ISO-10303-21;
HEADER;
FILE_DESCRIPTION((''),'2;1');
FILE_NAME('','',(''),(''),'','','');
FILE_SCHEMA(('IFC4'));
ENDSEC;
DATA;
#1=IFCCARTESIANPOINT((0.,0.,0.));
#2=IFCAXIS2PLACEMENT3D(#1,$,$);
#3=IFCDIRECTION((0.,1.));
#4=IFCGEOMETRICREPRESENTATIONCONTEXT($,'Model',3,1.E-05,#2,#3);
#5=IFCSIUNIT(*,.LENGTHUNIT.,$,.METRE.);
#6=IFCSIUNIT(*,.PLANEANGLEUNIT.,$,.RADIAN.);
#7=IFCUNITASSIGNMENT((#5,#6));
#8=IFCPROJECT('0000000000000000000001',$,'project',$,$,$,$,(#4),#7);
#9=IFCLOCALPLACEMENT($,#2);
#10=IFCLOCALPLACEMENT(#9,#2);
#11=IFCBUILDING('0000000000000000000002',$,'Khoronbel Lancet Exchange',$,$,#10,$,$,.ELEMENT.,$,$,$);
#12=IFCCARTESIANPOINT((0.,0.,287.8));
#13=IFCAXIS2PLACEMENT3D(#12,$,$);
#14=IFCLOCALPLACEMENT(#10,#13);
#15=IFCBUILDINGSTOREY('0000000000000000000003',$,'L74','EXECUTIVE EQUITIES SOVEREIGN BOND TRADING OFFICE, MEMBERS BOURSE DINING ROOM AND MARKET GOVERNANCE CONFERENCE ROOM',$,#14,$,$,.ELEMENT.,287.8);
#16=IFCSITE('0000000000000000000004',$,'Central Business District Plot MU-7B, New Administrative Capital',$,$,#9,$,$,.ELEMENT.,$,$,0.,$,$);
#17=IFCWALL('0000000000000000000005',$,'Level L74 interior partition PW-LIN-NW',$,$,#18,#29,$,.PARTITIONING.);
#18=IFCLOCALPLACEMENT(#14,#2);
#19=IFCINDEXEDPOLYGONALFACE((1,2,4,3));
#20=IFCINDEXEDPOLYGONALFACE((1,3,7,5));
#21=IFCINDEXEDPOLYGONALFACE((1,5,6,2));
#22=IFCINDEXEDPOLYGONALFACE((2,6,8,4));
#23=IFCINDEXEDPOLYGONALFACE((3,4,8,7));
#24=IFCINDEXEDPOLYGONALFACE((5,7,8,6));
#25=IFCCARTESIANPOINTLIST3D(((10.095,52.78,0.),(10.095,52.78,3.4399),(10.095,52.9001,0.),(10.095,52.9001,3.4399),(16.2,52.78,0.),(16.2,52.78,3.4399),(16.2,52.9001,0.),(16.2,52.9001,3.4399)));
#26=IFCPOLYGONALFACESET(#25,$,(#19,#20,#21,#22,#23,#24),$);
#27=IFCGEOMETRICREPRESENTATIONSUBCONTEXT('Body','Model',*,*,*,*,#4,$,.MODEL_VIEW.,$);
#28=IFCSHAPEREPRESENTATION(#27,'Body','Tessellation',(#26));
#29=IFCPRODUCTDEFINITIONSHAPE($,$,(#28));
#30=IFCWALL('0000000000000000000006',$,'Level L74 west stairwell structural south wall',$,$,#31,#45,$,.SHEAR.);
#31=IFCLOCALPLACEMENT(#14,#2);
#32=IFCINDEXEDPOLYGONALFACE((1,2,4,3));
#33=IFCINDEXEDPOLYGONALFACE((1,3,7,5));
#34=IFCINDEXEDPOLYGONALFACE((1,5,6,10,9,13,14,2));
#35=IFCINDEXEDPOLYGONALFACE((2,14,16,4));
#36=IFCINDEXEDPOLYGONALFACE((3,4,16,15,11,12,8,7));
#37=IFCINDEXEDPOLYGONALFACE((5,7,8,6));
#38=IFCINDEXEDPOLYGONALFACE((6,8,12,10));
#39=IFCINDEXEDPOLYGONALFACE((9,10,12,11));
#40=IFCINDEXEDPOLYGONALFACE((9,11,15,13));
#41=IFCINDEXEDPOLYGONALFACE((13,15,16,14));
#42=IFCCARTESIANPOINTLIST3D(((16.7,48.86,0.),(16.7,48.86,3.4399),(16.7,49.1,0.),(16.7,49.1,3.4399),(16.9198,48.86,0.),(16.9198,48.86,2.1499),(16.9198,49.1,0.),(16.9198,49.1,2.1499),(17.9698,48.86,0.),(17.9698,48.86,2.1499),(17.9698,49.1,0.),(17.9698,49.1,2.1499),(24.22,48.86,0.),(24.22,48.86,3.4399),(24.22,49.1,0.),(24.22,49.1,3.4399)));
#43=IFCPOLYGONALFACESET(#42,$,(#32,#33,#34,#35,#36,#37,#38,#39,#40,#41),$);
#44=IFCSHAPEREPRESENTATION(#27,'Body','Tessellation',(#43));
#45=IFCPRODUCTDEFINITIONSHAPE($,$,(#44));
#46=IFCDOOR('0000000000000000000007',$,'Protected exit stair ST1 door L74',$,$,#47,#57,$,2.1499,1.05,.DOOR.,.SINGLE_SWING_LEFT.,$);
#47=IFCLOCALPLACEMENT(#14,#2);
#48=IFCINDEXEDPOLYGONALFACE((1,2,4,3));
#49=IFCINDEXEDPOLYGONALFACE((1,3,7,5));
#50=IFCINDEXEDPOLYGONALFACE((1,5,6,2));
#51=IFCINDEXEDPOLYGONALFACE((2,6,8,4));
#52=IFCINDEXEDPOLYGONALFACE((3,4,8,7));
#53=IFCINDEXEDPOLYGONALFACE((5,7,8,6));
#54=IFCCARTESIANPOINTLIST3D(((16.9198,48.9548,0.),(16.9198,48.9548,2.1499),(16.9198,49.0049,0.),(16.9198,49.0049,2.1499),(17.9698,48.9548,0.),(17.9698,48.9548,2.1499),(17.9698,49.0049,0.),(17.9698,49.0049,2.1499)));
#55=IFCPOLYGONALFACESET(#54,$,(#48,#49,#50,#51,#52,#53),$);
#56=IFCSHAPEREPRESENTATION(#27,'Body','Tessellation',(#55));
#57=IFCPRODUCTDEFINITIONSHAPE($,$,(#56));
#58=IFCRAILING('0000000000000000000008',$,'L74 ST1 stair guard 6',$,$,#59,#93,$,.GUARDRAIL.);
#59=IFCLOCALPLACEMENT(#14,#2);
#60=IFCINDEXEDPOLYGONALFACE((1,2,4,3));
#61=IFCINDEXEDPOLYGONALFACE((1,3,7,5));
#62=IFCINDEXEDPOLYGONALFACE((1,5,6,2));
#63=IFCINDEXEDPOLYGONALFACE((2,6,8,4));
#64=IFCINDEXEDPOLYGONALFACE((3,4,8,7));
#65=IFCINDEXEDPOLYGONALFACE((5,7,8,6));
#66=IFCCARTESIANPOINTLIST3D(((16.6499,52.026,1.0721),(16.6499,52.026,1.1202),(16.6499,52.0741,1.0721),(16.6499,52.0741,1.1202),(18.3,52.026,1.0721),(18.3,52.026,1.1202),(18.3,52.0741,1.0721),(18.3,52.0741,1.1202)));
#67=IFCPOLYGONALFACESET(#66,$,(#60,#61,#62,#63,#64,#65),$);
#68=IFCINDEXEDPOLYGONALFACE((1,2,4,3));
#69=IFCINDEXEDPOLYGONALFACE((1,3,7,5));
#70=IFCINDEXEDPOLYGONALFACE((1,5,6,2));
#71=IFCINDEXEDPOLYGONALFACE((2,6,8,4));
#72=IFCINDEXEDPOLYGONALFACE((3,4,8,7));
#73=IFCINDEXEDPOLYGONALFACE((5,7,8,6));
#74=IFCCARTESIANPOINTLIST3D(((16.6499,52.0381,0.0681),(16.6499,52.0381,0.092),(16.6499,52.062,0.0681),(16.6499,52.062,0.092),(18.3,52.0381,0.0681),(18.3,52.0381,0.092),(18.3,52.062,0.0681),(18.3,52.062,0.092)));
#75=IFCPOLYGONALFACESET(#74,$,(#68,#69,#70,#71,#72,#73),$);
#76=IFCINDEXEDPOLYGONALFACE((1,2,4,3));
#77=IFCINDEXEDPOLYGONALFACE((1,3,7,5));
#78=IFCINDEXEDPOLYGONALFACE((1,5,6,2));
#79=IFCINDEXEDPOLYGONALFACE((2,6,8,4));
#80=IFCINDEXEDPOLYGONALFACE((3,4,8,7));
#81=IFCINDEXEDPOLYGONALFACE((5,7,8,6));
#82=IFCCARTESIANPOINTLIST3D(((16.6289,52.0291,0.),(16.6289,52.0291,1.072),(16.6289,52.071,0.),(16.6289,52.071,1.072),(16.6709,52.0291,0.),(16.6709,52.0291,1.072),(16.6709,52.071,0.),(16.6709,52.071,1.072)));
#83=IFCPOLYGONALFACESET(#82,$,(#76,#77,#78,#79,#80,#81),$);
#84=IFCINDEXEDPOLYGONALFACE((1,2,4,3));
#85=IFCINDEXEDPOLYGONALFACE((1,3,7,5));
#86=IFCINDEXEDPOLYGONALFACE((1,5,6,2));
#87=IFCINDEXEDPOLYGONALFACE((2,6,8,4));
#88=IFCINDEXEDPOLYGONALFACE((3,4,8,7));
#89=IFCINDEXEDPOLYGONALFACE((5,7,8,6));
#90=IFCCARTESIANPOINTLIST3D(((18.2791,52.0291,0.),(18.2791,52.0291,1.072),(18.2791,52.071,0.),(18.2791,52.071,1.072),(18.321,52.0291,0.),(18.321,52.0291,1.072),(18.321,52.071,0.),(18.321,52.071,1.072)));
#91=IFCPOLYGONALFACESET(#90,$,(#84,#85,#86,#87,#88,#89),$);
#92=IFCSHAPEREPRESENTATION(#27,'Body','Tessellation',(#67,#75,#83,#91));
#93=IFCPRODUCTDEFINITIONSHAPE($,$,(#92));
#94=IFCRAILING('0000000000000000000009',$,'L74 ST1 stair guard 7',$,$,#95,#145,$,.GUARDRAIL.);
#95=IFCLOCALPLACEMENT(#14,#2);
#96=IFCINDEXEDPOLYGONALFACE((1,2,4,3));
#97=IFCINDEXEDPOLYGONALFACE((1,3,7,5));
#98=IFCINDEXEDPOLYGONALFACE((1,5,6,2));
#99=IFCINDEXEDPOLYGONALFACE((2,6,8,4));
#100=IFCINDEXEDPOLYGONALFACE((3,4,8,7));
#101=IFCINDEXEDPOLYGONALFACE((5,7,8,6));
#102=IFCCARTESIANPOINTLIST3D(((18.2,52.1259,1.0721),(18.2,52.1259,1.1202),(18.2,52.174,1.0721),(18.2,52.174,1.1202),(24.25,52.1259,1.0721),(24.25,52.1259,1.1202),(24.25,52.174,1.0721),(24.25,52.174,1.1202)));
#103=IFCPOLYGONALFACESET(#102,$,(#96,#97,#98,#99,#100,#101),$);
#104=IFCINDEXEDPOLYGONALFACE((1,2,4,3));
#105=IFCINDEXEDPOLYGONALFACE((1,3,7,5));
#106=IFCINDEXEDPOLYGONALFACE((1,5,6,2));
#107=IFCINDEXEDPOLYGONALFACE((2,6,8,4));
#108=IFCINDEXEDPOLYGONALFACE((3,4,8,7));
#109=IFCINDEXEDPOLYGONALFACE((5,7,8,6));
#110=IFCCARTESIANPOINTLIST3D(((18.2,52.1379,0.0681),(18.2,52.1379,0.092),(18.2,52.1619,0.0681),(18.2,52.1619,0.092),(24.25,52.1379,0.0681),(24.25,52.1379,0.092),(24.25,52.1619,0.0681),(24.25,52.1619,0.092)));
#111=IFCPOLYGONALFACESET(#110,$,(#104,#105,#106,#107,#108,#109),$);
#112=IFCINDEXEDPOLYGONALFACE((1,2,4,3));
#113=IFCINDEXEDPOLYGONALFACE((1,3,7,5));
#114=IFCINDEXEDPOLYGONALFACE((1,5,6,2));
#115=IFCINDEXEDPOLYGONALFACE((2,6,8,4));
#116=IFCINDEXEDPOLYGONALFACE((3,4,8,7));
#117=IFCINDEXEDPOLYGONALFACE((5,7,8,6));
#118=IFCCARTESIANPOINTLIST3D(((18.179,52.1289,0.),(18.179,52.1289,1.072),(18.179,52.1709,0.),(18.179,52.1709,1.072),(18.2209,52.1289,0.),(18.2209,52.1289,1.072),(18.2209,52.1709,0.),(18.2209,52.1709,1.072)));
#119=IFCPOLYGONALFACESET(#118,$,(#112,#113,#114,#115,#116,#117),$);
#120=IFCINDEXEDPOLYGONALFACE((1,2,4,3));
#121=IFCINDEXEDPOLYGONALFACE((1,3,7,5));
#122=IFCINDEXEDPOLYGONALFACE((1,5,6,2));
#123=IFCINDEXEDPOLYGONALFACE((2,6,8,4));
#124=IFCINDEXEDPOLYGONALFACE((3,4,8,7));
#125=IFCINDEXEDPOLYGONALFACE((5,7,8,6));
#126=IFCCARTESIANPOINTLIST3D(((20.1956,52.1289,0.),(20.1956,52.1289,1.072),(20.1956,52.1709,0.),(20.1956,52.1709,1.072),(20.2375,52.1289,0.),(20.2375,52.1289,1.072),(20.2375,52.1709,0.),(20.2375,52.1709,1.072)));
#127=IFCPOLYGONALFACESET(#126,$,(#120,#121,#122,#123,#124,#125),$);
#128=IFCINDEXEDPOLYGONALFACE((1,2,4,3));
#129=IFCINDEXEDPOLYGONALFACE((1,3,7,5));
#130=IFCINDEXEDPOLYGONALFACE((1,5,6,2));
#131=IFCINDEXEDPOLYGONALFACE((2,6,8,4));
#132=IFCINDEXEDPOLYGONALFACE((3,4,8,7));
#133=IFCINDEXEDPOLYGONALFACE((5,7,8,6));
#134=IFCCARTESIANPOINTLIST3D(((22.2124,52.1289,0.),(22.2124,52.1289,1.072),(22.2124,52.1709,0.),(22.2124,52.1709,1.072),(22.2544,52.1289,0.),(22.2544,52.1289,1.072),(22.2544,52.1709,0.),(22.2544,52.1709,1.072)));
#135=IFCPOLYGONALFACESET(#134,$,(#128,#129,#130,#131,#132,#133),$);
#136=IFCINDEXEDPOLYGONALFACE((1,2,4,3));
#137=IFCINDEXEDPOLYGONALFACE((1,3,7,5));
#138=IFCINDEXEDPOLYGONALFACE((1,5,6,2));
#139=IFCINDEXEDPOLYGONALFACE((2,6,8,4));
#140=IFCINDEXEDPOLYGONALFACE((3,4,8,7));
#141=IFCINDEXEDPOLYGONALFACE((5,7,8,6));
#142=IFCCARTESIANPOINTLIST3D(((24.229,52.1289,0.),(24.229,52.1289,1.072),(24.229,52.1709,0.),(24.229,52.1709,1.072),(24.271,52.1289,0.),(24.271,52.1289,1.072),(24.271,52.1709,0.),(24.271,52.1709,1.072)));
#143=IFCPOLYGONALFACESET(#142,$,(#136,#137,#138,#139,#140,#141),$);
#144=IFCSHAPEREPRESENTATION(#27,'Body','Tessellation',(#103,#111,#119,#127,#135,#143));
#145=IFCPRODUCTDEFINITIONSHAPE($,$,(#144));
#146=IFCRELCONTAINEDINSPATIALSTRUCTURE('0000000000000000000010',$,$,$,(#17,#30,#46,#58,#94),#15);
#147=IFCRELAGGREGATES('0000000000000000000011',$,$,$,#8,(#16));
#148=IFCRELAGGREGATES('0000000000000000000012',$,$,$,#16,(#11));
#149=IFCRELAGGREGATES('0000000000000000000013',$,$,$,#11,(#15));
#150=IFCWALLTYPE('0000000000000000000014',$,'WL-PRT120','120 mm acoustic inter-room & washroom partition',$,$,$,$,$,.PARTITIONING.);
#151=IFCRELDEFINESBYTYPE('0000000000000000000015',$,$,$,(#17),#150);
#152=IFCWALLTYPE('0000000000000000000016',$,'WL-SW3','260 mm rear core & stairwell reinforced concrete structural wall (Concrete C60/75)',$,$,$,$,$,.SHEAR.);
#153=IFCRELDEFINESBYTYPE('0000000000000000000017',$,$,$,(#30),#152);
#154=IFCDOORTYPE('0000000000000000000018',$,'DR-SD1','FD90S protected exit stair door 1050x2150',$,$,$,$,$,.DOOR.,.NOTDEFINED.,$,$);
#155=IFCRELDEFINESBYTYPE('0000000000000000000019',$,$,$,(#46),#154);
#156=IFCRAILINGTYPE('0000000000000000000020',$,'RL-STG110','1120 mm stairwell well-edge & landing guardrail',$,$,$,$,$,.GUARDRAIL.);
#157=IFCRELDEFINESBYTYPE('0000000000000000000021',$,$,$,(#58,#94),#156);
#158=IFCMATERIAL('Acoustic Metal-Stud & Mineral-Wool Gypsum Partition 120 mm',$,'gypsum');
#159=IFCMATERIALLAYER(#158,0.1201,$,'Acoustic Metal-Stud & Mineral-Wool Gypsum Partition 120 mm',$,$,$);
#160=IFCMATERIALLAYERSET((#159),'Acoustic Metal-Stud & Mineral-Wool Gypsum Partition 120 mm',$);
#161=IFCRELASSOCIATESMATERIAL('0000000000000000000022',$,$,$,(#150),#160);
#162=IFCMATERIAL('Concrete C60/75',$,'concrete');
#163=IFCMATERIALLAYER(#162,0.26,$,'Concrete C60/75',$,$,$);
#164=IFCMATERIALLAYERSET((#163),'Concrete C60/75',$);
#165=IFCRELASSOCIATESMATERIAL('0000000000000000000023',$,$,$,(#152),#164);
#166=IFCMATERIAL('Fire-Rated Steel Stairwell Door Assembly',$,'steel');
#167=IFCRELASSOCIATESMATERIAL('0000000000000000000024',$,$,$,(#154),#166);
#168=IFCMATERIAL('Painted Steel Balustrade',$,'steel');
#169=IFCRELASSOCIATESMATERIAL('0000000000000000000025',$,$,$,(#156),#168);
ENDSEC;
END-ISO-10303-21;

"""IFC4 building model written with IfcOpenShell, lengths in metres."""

from ifc_helpers import new_model, si_unit, direction, frame, frame_2d, origin, origin_2d, place, context, subcontext, project, spatial, rectangle, extrude, material, layer, layer_set, type_object, element, fill, save


model = new_model("IFC4")

# Units and contexts
model_context = context("Model", 3, precision=1e-05, world=origin(), true_north=direction((0.0, 1.0)))
body_context = subcontext(model_context, "Body", "Model", "MODEL_VIEW")
ifc_project = project(units=[si_unit("LENGTHUNIT", "METRE"), si_unit("PLANEANGLEUNIT", "RADIAN")], contexts=[model_context])

# Site, building, storey
site_placement = place(None, origin())
site = spatial("IfcSite", under=ifc_project, at=site_placement, Name="Central Business District Plot MU-7B, New Administrative Capital", CompositionType="ELEMENT", RefElevation=0.0)
building_placement = place(site_placement, origin())
building = spatial("IfcBuilding", under=site, at=building_placement, Name="Khoronbel Lancet Exchange", CompositionType="ELEMENT")
storey_placement = place(building_placement, frame((0.0, 0.0, 287.8)))
storey = spatial("IfcBuildingStorey", under=building, at=storey_placement, Name="L74", Description="EXECUTIVE EQUITIES SOVEREIGN BOND TRADING OFFICE, MEMBERS BOURSE DINING ROOM AND MARKET GOVERNANCE CONFERENCE ROOM", CompositionType="ELEMENT", Elevation=287.8)

# Wall
ifc_material_1 = material(Name="Concrete C60/75", Category="concrete")
ifc_material_2 = material(Name="Acoustic Metal-Stud & Mineral-Wool Gypsum Partition 120 mm", Category="gypsum")
ifc_layer_1 = layer(ifc_material_2, 0.1201, Name="Acoustic Metal-Stud & Mineral-Wool Gypsum Partition 120 mm")
ifc_layer_set_1 = layer_set([ifc_layer_1], Name="Acoustic Metal-Stud & Mineral-Wool Gypsum Partition 120 mm")
wall_type_1 = type_object("IfcWallType", Name="WL-PRT120", Description="120 mm acoustic inter-room & washroom partition", PredefinedType="PARTITIONING", material=ifc_layer_set_1)
wall_1_placement = place(storey_placement, frame((10.095, 52.8401, 0.0), z_axis=(0.0, 0.0, 1.0), x_axis=(1.0, 0.0, 0.0)))
element("IfcWall", 1, at=wall_1_placement, inside=storey, type_object=wall_type_1, Name="Level L74 interior partition PW-LIN-NW", PredefinedType="PARTITIONING", context=body_context, shape_type="SweptSolid", body=[
    extrude(rectangle(XDim=6.105, YDim=0.1201, at=frame_2d((3.0525, 0.0))), origin(), (0.0, 0.0, 1.0), 3.4399),
])

# Wall, opening, door
ifc_layer_2 = layer(ifc_material_1, 0.26, Name="Concrete C60/75")
ifc_layer_set_2 = layer_set([ifc_layer_2], Name="Concrete C60/75")
wall_type_2 = type_object("IfcWallType", Name="WL-SW3", Description="260 mm rear core & stairwell reinforced concrete structural wall (Concrete C60/75)", PredefinedType="SHEAR", material=ifc_layer_set_2)
wall_2_placement = place(storey_placement, frame((16.7, 48.98, 0.0), z_axis=(0.0, 0.0, 1.0), x_axis=(1.0, 0.0, 0.0)))
wall_2 = element("IfcWall", 2, at=wall_2_placement, inside=storey, type_object=wall_type_2, Name="Level L74 west stairwell structural south wall", PredefinedType="SHEAR", context=body_context, shape_type="SweptSolid", body=[
    extrude(rectangle(XDim=7.52, YDim=0.24, at=frame_2d((3.76, 0.0))), origin(), (0.0, 0.0, 1.0), 3.4399),
])
opening_placement = place(wall_2_placement, frame((0.22, 0.0, 0.0)))
opening = element("IfcOpeningElement", 3, at=opening_placement, cuts=wall_2, PredefinedType="OPENING", context=body_context, shape_type="SweptSolid", body=[
    extrude(rectangle(XDim=1.05, YDim=2.1499, at=frame_2d((0.5249, 1.075))), frame((0.0, 0.1299, 0.0), z_axis=(0.0, -1.0, 0.0), x_axis=(1.0, 0.0, 0.0)), (0.0, 0.0, 1.0), 0.26),
])
ifc_material_3 = material(Name="Fire-Rated Steel Stairwell Door Assembly", Category="steel")
door_type = type_object("IfcDoorType", Name="DR-SD1", Description="FD90S protected exit stair door 1050x2150", OperationType="NOTDEFINED", PredefinedType="DOOR", material=ifc_material_3)
door_placement = place(opening_placement, origin())
door = element("IfcDoor", 4, at=door_placement, inside=storey, type_object=door_type, Name="Protected exit stair ST1 door L74", OperationType="SINGLE_SWING_LEFT", OverallHeight=2.1499, OverallWidth=1.05, PredefinedType="DOOR", context=body_context, shape_type="SweptSolid", body=[
    extrude(rectangle(XDim=1.05, YDim=2.1499, at=frame_2d((0.5249, 1.075))), frame((0.0, 0.0249, 0.0), z_axis=(0.0, -1.0, 0.0), x_axis=(1.0, 0.0, 0.0)), (0.0, 0.0, 1.0), 0.05),
])
fill(opening, door)

# Railings
ifc_material_4 = material(Name="Painted Steel Balustrade", Category="steel")
railing_type = type_object("IfcRailingType", Name="RL-STG110", Description="1120 mm stairwell well-edge & landing guardrail", PredefinedType="GUARDRAIL", material=ifc_material_4)
railing_1_placement = place(storey_placement, frame((16.6499, 52.05, 0.0)))
element("IfcRailing", 5, at=railing_1_placement, inside=storey, type_object=railing_type, Name="L74 ST1 stair guard 6", PredefinedType="GUARDRAIL", context=body_context, shape_type="SweptSolid", body=[
    extrude(rectangle(XDim=0.0481, YDim=0.0481, at=origin_2d()), frame((0.0, 0.0, 1.0962), z_axis=(1.0, 0.0, 0.0), x_axis=(0.0, 1.0, 0.0)), (0.0, 0.0, 1.0), 1.6501),
    extrude(rectangle(XDim=0.0239, YDim=0.0239, at=origin_2d()), frame((0.0, 0.0, 0.0801), z_axis=(1.0, 0.0, 0.0), x_axis=(0.0, 1.0, 0.0)), (0.0, 0.0, 1.0), 1.6501),
    extrude(rectangle(XDim=0.042, YDim=0.042, at=origin_2d()), origin(), (0.0, 0.0, 1.0), 1.072),
    extrude(rectangle(XDim=0.042, YDim=0.042, at=origin_2d()), frame((1.6501, 0.0, 0.0)), (0.0, 0.0, 1.0), 1.072),
])
railing_2_placement = place(storey_placement, frame((18.2, 52.1499, 0.0)))
element("IfcRailing", 6, at=railing_2_placement, inside=storey, type_object=railing_type, Name="L74 ST1 stair guard 7", PredefinedType="GUARDRAIL", context=body_context, shape_type="SweptSolid", body=[
    extrude(rectangle(XDim=0.0481, YDim=0.0481, at=origin_2d()), frame((0.0, 0.0, 1.0962), z_axis=(1.0, 0.0, 0.0), x_axis=(0.0, 1.0, 0.0)), (0.0, 0.0, 1.0), 6.05),
    extrude(rectangle(XDim=0.0239, YDim=0.0239, at=origin_2d()), frame((0.0, 0.0, 0.0801), z_axis=(1.0, 0.0, 0.0), x_axis=(0.0, 1.0, 0.0)), (0.0, 0.0, 1.0), 6.05),
    extrude(rectangle(XDim=0.042, YDim=0.042, at=origin_2d()), origin(), (0.0, 0.0, 1.0), 1.072),
    extrude(rectangle(XDim=0.042, YDim=0.042, at=origin_2d()), frame((2.0166, 0.0, 0.0)), (0.0, 0.0, 1.0), 1.072),
    extrude(rectangle(XDim=0.042, YDim=0.042, at=origin_2d()), frame((4.0334, 0.0, 0.0)), (0.0, 0.0, 1.0), 1.072),
    extrude(rectangle(XDim=0.042, YDim=0.042, at=origin_2d()), frame((6.05, 0.0, 0.0)), (0.0, 0.0, 1.0), 1.072),
])

save(model, "model.ifc")
